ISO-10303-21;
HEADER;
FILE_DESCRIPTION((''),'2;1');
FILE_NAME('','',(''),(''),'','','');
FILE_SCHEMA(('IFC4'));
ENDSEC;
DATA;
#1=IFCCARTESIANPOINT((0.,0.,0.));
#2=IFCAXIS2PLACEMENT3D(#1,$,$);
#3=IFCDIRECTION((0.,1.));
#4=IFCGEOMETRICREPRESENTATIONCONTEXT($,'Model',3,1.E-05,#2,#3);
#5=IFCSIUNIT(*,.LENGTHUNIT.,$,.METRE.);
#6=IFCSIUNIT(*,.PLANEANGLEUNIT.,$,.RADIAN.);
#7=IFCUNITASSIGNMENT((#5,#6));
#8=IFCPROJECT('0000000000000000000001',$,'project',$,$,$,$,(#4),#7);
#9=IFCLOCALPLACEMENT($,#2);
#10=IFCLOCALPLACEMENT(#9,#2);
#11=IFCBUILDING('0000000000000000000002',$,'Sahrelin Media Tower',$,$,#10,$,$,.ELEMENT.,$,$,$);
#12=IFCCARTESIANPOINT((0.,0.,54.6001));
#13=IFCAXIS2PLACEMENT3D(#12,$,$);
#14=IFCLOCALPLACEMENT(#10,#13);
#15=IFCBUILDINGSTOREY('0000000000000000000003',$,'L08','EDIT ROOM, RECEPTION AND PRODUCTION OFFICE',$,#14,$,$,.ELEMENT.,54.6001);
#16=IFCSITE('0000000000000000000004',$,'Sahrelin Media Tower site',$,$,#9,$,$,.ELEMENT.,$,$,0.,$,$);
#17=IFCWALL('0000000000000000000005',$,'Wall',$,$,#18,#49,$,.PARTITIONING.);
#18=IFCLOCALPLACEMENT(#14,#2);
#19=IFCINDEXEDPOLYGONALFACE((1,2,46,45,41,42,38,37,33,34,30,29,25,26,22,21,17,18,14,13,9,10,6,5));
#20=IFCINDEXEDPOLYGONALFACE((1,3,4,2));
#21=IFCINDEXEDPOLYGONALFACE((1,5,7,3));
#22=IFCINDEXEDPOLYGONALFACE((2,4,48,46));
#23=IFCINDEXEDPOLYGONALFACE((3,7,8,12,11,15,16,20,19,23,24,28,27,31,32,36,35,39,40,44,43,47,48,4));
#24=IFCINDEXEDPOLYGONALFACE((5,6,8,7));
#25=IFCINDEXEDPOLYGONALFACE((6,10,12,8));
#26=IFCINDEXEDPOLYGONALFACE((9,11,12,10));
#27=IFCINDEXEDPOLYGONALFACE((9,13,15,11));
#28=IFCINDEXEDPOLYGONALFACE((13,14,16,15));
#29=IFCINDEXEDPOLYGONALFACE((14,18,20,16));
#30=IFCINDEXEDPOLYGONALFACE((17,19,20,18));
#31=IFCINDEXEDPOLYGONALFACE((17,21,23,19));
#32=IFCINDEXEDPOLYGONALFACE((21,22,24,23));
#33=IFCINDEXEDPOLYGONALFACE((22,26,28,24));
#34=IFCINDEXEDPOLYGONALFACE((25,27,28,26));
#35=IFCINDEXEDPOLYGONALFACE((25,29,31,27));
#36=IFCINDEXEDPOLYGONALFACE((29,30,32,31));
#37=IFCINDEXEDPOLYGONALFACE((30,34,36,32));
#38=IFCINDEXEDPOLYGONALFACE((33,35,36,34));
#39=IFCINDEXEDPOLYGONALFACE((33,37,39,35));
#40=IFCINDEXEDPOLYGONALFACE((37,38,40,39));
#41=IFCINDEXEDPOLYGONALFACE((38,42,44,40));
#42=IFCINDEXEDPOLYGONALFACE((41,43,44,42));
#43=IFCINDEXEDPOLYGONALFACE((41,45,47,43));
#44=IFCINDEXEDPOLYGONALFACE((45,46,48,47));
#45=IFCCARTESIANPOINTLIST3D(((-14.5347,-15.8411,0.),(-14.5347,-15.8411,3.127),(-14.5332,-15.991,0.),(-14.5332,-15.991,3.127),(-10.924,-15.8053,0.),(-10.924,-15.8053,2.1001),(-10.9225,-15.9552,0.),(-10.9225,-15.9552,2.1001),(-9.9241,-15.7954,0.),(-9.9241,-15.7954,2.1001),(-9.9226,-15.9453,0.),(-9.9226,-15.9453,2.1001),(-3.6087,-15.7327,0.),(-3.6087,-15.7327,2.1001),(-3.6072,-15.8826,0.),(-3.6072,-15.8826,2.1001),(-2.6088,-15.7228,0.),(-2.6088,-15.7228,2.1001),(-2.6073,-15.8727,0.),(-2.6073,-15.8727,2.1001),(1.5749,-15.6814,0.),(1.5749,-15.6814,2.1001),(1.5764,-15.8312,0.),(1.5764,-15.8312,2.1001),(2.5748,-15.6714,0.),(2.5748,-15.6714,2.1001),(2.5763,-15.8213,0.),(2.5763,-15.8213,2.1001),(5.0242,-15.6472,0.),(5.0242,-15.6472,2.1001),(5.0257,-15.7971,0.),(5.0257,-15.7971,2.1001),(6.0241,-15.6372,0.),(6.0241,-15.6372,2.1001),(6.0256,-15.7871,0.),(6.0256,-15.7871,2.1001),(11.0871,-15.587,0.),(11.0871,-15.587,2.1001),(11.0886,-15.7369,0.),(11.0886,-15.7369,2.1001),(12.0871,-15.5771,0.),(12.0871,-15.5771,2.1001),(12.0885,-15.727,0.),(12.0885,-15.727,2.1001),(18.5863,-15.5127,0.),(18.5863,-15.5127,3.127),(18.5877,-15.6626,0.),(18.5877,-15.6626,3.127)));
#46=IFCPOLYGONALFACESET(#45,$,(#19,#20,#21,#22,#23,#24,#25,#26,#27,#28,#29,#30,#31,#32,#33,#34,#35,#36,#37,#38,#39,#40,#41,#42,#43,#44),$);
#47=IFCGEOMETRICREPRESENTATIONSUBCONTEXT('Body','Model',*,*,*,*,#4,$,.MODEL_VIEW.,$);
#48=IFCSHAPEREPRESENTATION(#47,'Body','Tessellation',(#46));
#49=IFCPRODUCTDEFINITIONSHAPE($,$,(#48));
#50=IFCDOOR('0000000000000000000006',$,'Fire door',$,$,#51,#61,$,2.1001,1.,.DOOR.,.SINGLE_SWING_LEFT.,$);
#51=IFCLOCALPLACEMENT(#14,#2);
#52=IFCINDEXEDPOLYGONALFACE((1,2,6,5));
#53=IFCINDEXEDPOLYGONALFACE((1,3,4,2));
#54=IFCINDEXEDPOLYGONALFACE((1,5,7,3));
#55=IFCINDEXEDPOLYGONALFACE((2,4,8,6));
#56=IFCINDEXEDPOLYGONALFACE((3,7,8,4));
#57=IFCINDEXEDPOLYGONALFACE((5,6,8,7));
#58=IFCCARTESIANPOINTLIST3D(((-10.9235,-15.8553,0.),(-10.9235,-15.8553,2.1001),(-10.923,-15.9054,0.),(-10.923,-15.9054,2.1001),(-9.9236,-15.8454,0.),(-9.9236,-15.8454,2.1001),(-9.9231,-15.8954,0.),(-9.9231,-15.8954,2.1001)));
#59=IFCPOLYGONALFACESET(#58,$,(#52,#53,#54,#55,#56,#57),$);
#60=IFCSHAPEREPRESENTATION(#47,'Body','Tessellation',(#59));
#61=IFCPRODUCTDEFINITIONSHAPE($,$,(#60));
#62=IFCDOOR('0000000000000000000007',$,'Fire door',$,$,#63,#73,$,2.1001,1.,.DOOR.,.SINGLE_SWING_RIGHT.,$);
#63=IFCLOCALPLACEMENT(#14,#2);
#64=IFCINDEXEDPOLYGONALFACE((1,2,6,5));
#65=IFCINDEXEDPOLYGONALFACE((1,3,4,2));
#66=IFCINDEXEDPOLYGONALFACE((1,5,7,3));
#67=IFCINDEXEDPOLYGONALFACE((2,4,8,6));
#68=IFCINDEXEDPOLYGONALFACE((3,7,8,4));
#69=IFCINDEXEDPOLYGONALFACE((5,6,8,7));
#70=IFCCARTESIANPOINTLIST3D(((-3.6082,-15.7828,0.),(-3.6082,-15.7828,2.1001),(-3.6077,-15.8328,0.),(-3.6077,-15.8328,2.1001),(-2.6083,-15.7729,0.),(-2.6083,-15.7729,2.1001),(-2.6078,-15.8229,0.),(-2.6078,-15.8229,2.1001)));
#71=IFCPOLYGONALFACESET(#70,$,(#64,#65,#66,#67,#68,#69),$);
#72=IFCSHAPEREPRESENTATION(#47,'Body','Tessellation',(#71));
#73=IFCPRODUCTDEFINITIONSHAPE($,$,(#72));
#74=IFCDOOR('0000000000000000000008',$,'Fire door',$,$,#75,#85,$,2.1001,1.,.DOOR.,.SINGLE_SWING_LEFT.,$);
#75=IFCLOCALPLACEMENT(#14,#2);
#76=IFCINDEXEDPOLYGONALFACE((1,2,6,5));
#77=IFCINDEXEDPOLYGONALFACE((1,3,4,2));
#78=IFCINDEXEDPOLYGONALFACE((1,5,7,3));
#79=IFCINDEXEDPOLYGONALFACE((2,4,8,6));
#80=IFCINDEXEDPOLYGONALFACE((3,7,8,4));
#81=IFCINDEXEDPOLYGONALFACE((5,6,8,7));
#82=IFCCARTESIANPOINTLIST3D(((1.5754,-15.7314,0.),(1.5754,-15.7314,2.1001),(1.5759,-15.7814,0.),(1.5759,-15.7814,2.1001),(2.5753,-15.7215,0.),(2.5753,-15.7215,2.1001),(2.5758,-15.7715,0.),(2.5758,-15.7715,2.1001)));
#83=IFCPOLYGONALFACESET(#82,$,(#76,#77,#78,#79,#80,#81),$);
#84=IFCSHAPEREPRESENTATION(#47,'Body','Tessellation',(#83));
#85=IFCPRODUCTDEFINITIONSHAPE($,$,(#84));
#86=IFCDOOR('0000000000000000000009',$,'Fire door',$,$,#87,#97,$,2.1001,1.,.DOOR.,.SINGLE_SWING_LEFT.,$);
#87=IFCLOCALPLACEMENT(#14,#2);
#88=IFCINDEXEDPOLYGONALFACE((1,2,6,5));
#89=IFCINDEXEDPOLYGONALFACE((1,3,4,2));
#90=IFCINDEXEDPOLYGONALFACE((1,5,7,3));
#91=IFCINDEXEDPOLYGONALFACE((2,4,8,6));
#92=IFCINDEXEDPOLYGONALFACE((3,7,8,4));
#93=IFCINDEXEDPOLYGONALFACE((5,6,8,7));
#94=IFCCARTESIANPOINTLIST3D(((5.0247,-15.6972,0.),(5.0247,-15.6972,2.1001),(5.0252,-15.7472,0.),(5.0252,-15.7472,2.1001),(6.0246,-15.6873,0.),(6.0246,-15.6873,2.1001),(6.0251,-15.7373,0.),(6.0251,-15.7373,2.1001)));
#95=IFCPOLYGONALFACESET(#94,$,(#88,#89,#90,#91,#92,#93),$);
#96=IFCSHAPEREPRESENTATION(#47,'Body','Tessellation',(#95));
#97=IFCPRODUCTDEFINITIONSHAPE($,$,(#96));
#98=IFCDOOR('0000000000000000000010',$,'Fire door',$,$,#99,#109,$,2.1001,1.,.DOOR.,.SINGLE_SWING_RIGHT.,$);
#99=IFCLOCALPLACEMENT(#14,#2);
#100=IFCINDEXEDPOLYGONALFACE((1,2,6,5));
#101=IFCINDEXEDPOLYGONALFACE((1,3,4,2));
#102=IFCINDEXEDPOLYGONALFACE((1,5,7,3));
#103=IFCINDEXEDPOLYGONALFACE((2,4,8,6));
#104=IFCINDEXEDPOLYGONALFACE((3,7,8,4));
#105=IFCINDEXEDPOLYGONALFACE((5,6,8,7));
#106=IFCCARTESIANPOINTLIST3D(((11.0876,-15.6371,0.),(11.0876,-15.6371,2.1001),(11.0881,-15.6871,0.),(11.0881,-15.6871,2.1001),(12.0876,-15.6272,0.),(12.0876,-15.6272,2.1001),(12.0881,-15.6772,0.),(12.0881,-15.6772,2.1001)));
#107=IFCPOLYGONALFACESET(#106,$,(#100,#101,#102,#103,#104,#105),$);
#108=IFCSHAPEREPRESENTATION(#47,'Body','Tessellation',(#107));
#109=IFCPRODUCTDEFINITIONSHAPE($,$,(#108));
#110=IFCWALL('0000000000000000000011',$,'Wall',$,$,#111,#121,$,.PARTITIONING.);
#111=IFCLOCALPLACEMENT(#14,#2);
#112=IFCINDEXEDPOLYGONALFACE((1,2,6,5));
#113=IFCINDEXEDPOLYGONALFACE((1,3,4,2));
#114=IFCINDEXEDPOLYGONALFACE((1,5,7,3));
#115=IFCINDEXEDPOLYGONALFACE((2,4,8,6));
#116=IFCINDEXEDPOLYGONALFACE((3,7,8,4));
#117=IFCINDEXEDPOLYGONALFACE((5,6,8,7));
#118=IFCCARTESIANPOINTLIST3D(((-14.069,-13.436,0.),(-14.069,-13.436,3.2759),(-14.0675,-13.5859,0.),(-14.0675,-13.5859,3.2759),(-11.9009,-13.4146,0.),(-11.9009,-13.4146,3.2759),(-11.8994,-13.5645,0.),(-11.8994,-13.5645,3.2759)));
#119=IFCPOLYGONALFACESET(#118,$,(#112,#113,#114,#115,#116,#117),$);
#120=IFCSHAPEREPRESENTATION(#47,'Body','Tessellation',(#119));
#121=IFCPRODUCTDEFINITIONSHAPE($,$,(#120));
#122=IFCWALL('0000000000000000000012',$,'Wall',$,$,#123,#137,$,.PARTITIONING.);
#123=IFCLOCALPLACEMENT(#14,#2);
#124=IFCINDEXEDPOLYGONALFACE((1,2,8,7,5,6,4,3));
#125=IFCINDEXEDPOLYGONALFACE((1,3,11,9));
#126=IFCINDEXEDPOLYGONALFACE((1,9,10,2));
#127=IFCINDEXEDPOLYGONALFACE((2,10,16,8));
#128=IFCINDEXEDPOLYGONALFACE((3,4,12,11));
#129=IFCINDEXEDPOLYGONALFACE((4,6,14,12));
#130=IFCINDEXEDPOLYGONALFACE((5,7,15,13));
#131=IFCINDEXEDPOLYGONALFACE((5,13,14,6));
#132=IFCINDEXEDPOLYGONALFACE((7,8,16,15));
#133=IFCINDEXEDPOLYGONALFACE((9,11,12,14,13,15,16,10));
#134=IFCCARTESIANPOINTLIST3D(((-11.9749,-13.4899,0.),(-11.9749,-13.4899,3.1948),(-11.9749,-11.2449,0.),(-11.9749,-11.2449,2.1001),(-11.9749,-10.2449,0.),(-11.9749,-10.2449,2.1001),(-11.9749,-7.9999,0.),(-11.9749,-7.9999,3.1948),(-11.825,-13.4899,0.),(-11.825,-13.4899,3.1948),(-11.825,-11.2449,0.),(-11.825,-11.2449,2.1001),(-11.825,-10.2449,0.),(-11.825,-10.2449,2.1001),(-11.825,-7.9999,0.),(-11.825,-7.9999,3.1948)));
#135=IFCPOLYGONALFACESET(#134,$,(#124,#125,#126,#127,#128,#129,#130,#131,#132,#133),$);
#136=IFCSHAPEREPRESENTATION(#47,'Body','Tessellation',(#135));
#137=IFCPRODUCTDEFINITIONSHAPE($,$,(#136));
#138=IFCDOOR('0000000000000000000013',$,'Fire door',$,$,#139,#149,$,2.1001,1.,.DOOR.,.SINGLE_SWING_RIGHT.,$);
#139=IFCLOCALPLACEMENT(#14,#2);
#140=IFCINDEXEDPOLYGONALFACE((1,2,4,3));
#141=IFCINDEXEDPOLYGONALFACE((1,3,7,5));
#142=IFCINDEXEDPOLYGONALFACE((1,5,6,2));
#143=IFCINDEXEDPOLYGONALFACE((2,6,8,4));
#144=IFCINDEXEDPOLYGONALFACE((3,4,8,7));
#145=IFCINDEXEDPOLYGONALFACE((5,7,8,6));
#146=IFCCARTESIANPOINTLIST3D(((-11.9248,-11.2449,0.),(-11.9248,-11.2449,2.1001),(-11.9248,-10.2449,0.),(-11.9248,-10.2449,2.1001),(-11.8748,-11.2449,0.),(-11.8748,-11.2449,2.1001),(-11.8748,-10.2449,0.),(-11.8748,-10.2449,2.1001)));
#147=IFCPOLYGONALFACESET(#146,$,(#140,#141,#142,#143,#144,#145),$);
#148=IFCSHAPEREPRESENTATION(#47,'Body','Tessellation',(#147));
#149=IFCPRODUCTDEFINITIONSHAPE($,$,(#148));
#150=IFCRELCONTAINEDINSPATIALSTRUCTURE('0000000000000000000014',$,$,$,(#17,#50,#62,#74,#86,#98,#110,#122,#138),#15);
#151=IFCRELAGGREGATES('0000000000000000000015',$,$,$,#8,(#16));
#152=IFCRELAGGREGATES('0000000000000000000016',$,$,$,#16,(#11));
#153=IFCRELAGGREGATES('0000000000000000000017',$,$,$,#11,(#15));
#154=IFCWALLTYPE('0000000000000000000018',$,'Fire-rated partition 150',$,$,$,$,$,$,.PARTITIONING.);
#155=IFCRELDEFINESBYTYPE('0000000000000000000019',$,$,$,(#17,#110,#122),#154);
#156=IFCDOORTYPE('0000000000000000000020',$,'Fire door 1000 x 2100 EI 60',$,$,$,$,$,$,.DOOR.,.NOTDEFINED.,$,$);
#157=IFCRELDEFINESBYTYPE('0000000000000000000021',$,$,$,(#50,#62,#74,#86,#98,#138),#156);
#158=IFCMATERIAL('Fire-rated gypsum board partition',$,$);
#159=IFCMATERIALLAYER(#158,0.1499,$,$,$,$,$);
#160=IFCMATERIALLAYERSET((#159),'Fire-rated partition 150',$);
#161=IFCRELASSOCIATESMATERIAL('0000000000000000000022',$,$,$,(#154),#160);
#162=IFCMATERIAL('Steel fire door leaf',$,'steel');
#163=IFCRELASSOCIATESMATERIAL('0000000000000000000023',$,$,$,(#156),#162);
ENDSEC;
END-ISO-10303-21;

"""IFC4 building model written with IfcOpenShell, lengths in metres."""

from ifc_helpers import new_model, si_unit, direction, frame, frame_2d, origin, place, context, subcontext, project, spatial, rectangle, extrude, material, layer, layer_set, type_object, element, fill, save


model = new_model("IFC4")

# Units and contexts
model_context = context("Model", 3, precision=1e-05, world=origin(), true_north=direction((0.0, 1.0)))
body_context = subcontext(model_context, "Body", "Model", "MODEL_VIEW")
ifc_project = project(units=[si_unit("LENGTHUNIT", "METRE"), si_unit("PLANEANGLEUNIT", "RADIAN")], contexts=[model_context])

# Site, building, storey
site_placement = place(None, origin())
site = spatial("IfcSite", under=ifc_project, at=site_placement, Name="Sahrelin Media Tower site", CompositionType="ELEMENT", RefElevation=0.0)
building_placement = place(site_placement, origin())
building = spatial("IfcBuilding", under=site, at=building_placement, Name="Sahrelin Media Tower", CompositionType="ELEMENT")
storey_placement = place(building_placement, frame((0.0, 0.0, 54.6001)))
storey = spatial("IfcBuildingStorey", under=building, at=storey_placement, Name="L08", Description="EDIT ROOM, RECEPTION AND PRODUCTION OFFICE", CompositionType="ELEMENT", Elevation=54.6001)

# Wall, openings, doors
ifc_material_1 = material(Name="Fire-rated gypsum board partition")
ifc_layer_1 = layer(ifc_material_1, 0.1499)
ifc_layer_set_1 = layer_set([ifc_layer_1], Name="Fire-rated partition 150")
wall_type_1 = type_object("IfcWallType", Name="Fire-rated partition 150", PredefinedType="PARTITIONING", material=ifc_layer_set_1)
wall_1_placement = place(storey_placement, frame((-14.5339, -15.916, 0.0), z_axis=(0.0, 0.0, 1.0), x_axis=(0.999951, 0.009914, 0.0)))
wall_1 = element("IfcWall", 1, at=wall_1_placement, inside=storey, type_object=wall_type_1, Name="Wall", PredefinedType="PARTITIONING", context=body_context, shape_type="SweptSolid", body=[
    extrude(rectangle(XDim=33.1226, YDim=0.1499, at=frame_2d((16.5613, 0.0))), origin(), (0.0, 0.0, 1.0), 3.127),
])
opening_1_placement = place(wall_1_placement, frame((3.6108, 0.0, 0.0)))
opening_1 = element("IfcOpeningElement", 2, at=opening_1_placement, cuts=wall_1, PredefinedType="OPENING", context=body_context, shape_type="SweptSolid", body=[
    extrude(rectangle(XDim=1.0, YDim=2.1001, at=frame_2d((0.5, 1.05))), frame((0.0, 0.075, 0.0), z_axis=(0.0, -1.0, 0.0), x_axis=(1.0, 0.0, 0.0)), (0.0, 0.0, 1.0), 0.1499),
])
opening_2_placement = place(wall_1_placement, frame((10.9265, 0.0, 0.0)))
opening_2 = element("IfcOpeningElement", 3, at=opening_2_placement, cuts=wall_1, PredefinedType="OPENING", context=body_context, shape_type="SweptSolid", body=[
    extrude(rectangle(XDim=1.0, YDim=2.1001, at=frame_2d((0.5, 1.05))), frame((0.0, 0.075, 0.0), z_axis=(0.0, -1.0, 0.0), x_axis=(1.0, 0.0, 0.0)), (0.0, 0.0, 1.0), 0.1499),
])
opening_3_placement = place(wall_1_placement, frame((16.1104, 0.0, 0.0)))
opening_3 = element("IfcOpeningElement", 4, at=opening_3_placement, cuts=wall_1, PredefinedType="OPENING", context=body_context, shape_type="SweptSolid", body=[
    extrude(rectangle(XDim=1.0, YDim=2.1001, at=frame_2d((0.5, 1.05))), frame((0.0, 0.075, 0.0), z_axis=(0.0, -1.0, 0.0), x_axis=(1.0, 0.0, 0.0)), (0.0, 0.0, 1.0), 0.1499),
])
opening_4_placement = place(wall_1_placement, frame((19.5598, 0.0, 0.0)))
opening_4 = element("IfcOpeningElement", 5, at=opening_4_placement, cuts=wall_1, PredefinedType="OPENING", context=body_context, shape_type="SweptSolid", body=[
    extrude(rectangle(XDim=1.0, YDim=2.1001, at=frame_2d((0.5, 1.05))), frame((0.0, 0.075, 0.0), z_axis=(0.0, -1.0, 0.0), x_axis=(1.0, 0.0, 0.0)), (0.0, 0.0, 1.0), 0.1499),
])
opening_5_placement = place(wall_1_placement, frame((25.623, 0.0, 0.0)))
opening_5 = element("IfcOpeningElement", 6, at=opening_5_placement, cuts=wall_1, PredefinedType="OPENING", context=body_context, shape_type="SweptSolid", body=[
    extrude(rectangle(XDim=1.0, YDim=2.1001, at=frame_2d((0.5, 1.05))), frame((0.0, 0.075, 0.0), z_axis=(0.0, -1.0, 0.0), x_axis=(1.0, 0.0, 0.0)), (0.0, 0.0, 1.0), 0.1499),
])
ifc_material_2 = material(Name="Steel fire door leaf", Category="steel")
door_type_1 = type_object("IfcDoorType", Name="Fire door 1000 x 2100 EI 60", OperationType="NOTDEFINED", PredefinedType="DOOR", material=ifc_material_2)
door_1_placement = place(opening_1_placement, origin())
door_1 = element("IfcDoor", 7, at=door_1_placement, inside=storey, type_object=door_type_1, Name="Fire door", OperationType="SINGLE_SWING_LEFT", OverallHeight=2.1001, OverallWidth=1.0, PredefinedType="DOOR", context=body_context, shape_type="SweptSolid", body=[
    extrude(rectangle(XDim=1.0, YDim=2.1001, at=frame_2d((0.5, 1.05))), frame((0.0, 0.0249, 0.0), z_axis=(0.0, -1.0, 0.0), x_axis=(1.0, 0.0, 0.0)), (0.0, 0.0, 1.0), 0.05),
])
fill(opening_1, door_1)
door_2_placement = place(opening_2_placement, origin())
door_2 = element("IfcDoor", 8, at=door_2_placement, inside=storey, type_object=door_type_1, Name="Fire door", OperationType="SINGLE_SWING_RIGHT", OverallHeight=2.1001, OverallWidth=1.0, PredefinedType="DOOR", context=body_context, shape_type="SweptSolid", body=[
    extrude(rectangle(XDim=1.0, YDim=2.1001, at=frame_2d((0.5, 1.05))), frame((0.0, 0.0249, 0.0), z_axis=(0.0, -1.0, 0.0), x_axis=(1.0, 0.0, 0.0)), (0.0, 0.0, 1.0), 0.05),
])
fill(opening_2, door_2)
door_3_placement = place(opening_3_placement, origin())
door_3 = element("IfcDoor", 9, at=door_3_placement, inside=storey, type_object=door_type_1, Name="Fire door", OperationType="SINGLE_SWING_LEFT", OverallHeight=2.1001, OverallWidth=1.0, PredefinedType="DOOR", context=body_context, shape_type="SweptSolid", body=[
    extrude(rectangle(XDim=1.0, YDim=2.1001, at=frame_2d((0.5, 1.05))), frame((0.0, 0.0249, 0.0), z_axis=(0.0, -1.0, 0.0), x_axis=(1.0, 0.0, 0.0)), (0.0, 0.0, 1.0), 0.05),
])
fill(opening_3, door_3)
door_4_placement = place(opening_4_placement, origin())
door_4 = element("IfcDoor", 10, at=door_4_placement, inside=storey, type_object=door_type_1, Name="Fire door", OperationType="SINGLE_SWING_LEFT", OverallHeight=2.1001, OverallWidth=1.0, PredefinedType="DOOR", context=body_context, shape_type="SweptSolid", body=[
    extrude(rectangle(XDim=1.0, YDim=2.1001, at=frame_2d((0.5, 1.05))), frame((0.0, 0.0249, 0.0), z_axis=(0.0, -1.0, 0.0), x_axis=(1.0, 0.0, 0.0)), (0.0, 0.0, 1.0), 0.05),
])
fill(opening_4, door_4)
door_5_placement = place(opening_5_placement, origin())
door_5 = element("IfcDoor", 11, at=door_5_placement, inside=storey, type_object=door_type_1, Name="Fire door", OperationType="SINGLE_SWING_RIGHT", OverallHeight=2.1001, OverallWidth=1.0, PredefinedType="DOOR", context=body_context, shape_type="SweptSolid", body=[
    extrude(rectangle(XDim=1.0, YDim=2.1001, at=frame_2d((0.5, 1.05))), frame((0.0, 0.0249, 0.0), z_axis=(0.0, -1.0, 0.0), x_axis=(1.0, 0.0, 0.0)), (0.0, 0.0, 1.0), 0.05),
])
fill(opening_5, door_5)

# Wall
wall_2_placement = place(storey_placement, frame((-14.0681, -13.511, 0.0), z_axis=(0.0, 0.0, 1.0), x_axis=(0.999951, 0.009908, 0.0)))
element("IfcWall", 12, at=wall_2_placement, inside=storey, type_object=wall_type_1, Name="Wall", PredefinedType="PARTITIONING", context=body_context, shape_type="SweptSolid", body=[
    extrude(rectangle(XDim=2.1682, YDim=0.1499, at=frame_2d((1.084, 0.0))), origin(), (0.0, 0.0, 1.0), 3.2759),
])

# Wall, opening, door
wall_3_placement = place(storey_placement, frame((-11.8999, -13.49, 0.0), z_axis=(0.0, 0.0, 1.0), x_axis=(0.0, 1.0, 0.0)))
wall_3 = element("IfcWall", 13, at=wall_3_placement, inside=storey, type_object=wall_type_1, Name="Wall", PredefinedType="PARTITIONING", context=body_context, shape_type="SweptSolid", body=[
    extrude(rectangle(XDim=5.49, YDim=0.1499, at=frame_2d((2.7451, 0.0))), origin(), (0.0, 0.0, 1.0), 3.1948),
])
opening_6_placement = place(wall_3_placement, frame((2.2451, 0.0, 0.0)))
opening_6 = element("IfcOpeningElement", 14, at=opening_6_placement, cuts=wall_3, PredefinedType="OPENING", context=body_context, shape_type="SweptSolid", body=[
    extrude(rectangle(XDim=1.0, YDim=2.1001, at=frame_2d((0.5, 1.05))), frame((0.0, 0.075, 0.0), z_axis=(0.0, -1.0, 0.0), x_axis=(1.0, 0.0, 0.0)), (0.0, 0.0, 1.0), 0.1499),
])
door_6_placement = place(opening_6_placement, origin())
door_6 = element("IfcDoor", 15, at=door_6_placement, inside=storey, type_object=door_type_1, Name="Fire door", OperationType="SINGLE_SWING_RIGHT", OverallHeight=2.1001, OverallWidth=1.0, PredefinedType="DOOR", context=body_context, shape_type="SweptSolid", body=[
    extrude(rectangle(XDim=1.0, YDim=2.1001, at=frame_2d((0.5, 1.05))), frame((0.0, 0.0249, 0.0), z_axis=(0.0, -1.0, 0.0), x_axis=(1.0, 0.0, 0.0)), (0.0, 0.0, 1.0), 0.05),
])
fill(opening_6, door_6)

save(model, "model.ifc")
